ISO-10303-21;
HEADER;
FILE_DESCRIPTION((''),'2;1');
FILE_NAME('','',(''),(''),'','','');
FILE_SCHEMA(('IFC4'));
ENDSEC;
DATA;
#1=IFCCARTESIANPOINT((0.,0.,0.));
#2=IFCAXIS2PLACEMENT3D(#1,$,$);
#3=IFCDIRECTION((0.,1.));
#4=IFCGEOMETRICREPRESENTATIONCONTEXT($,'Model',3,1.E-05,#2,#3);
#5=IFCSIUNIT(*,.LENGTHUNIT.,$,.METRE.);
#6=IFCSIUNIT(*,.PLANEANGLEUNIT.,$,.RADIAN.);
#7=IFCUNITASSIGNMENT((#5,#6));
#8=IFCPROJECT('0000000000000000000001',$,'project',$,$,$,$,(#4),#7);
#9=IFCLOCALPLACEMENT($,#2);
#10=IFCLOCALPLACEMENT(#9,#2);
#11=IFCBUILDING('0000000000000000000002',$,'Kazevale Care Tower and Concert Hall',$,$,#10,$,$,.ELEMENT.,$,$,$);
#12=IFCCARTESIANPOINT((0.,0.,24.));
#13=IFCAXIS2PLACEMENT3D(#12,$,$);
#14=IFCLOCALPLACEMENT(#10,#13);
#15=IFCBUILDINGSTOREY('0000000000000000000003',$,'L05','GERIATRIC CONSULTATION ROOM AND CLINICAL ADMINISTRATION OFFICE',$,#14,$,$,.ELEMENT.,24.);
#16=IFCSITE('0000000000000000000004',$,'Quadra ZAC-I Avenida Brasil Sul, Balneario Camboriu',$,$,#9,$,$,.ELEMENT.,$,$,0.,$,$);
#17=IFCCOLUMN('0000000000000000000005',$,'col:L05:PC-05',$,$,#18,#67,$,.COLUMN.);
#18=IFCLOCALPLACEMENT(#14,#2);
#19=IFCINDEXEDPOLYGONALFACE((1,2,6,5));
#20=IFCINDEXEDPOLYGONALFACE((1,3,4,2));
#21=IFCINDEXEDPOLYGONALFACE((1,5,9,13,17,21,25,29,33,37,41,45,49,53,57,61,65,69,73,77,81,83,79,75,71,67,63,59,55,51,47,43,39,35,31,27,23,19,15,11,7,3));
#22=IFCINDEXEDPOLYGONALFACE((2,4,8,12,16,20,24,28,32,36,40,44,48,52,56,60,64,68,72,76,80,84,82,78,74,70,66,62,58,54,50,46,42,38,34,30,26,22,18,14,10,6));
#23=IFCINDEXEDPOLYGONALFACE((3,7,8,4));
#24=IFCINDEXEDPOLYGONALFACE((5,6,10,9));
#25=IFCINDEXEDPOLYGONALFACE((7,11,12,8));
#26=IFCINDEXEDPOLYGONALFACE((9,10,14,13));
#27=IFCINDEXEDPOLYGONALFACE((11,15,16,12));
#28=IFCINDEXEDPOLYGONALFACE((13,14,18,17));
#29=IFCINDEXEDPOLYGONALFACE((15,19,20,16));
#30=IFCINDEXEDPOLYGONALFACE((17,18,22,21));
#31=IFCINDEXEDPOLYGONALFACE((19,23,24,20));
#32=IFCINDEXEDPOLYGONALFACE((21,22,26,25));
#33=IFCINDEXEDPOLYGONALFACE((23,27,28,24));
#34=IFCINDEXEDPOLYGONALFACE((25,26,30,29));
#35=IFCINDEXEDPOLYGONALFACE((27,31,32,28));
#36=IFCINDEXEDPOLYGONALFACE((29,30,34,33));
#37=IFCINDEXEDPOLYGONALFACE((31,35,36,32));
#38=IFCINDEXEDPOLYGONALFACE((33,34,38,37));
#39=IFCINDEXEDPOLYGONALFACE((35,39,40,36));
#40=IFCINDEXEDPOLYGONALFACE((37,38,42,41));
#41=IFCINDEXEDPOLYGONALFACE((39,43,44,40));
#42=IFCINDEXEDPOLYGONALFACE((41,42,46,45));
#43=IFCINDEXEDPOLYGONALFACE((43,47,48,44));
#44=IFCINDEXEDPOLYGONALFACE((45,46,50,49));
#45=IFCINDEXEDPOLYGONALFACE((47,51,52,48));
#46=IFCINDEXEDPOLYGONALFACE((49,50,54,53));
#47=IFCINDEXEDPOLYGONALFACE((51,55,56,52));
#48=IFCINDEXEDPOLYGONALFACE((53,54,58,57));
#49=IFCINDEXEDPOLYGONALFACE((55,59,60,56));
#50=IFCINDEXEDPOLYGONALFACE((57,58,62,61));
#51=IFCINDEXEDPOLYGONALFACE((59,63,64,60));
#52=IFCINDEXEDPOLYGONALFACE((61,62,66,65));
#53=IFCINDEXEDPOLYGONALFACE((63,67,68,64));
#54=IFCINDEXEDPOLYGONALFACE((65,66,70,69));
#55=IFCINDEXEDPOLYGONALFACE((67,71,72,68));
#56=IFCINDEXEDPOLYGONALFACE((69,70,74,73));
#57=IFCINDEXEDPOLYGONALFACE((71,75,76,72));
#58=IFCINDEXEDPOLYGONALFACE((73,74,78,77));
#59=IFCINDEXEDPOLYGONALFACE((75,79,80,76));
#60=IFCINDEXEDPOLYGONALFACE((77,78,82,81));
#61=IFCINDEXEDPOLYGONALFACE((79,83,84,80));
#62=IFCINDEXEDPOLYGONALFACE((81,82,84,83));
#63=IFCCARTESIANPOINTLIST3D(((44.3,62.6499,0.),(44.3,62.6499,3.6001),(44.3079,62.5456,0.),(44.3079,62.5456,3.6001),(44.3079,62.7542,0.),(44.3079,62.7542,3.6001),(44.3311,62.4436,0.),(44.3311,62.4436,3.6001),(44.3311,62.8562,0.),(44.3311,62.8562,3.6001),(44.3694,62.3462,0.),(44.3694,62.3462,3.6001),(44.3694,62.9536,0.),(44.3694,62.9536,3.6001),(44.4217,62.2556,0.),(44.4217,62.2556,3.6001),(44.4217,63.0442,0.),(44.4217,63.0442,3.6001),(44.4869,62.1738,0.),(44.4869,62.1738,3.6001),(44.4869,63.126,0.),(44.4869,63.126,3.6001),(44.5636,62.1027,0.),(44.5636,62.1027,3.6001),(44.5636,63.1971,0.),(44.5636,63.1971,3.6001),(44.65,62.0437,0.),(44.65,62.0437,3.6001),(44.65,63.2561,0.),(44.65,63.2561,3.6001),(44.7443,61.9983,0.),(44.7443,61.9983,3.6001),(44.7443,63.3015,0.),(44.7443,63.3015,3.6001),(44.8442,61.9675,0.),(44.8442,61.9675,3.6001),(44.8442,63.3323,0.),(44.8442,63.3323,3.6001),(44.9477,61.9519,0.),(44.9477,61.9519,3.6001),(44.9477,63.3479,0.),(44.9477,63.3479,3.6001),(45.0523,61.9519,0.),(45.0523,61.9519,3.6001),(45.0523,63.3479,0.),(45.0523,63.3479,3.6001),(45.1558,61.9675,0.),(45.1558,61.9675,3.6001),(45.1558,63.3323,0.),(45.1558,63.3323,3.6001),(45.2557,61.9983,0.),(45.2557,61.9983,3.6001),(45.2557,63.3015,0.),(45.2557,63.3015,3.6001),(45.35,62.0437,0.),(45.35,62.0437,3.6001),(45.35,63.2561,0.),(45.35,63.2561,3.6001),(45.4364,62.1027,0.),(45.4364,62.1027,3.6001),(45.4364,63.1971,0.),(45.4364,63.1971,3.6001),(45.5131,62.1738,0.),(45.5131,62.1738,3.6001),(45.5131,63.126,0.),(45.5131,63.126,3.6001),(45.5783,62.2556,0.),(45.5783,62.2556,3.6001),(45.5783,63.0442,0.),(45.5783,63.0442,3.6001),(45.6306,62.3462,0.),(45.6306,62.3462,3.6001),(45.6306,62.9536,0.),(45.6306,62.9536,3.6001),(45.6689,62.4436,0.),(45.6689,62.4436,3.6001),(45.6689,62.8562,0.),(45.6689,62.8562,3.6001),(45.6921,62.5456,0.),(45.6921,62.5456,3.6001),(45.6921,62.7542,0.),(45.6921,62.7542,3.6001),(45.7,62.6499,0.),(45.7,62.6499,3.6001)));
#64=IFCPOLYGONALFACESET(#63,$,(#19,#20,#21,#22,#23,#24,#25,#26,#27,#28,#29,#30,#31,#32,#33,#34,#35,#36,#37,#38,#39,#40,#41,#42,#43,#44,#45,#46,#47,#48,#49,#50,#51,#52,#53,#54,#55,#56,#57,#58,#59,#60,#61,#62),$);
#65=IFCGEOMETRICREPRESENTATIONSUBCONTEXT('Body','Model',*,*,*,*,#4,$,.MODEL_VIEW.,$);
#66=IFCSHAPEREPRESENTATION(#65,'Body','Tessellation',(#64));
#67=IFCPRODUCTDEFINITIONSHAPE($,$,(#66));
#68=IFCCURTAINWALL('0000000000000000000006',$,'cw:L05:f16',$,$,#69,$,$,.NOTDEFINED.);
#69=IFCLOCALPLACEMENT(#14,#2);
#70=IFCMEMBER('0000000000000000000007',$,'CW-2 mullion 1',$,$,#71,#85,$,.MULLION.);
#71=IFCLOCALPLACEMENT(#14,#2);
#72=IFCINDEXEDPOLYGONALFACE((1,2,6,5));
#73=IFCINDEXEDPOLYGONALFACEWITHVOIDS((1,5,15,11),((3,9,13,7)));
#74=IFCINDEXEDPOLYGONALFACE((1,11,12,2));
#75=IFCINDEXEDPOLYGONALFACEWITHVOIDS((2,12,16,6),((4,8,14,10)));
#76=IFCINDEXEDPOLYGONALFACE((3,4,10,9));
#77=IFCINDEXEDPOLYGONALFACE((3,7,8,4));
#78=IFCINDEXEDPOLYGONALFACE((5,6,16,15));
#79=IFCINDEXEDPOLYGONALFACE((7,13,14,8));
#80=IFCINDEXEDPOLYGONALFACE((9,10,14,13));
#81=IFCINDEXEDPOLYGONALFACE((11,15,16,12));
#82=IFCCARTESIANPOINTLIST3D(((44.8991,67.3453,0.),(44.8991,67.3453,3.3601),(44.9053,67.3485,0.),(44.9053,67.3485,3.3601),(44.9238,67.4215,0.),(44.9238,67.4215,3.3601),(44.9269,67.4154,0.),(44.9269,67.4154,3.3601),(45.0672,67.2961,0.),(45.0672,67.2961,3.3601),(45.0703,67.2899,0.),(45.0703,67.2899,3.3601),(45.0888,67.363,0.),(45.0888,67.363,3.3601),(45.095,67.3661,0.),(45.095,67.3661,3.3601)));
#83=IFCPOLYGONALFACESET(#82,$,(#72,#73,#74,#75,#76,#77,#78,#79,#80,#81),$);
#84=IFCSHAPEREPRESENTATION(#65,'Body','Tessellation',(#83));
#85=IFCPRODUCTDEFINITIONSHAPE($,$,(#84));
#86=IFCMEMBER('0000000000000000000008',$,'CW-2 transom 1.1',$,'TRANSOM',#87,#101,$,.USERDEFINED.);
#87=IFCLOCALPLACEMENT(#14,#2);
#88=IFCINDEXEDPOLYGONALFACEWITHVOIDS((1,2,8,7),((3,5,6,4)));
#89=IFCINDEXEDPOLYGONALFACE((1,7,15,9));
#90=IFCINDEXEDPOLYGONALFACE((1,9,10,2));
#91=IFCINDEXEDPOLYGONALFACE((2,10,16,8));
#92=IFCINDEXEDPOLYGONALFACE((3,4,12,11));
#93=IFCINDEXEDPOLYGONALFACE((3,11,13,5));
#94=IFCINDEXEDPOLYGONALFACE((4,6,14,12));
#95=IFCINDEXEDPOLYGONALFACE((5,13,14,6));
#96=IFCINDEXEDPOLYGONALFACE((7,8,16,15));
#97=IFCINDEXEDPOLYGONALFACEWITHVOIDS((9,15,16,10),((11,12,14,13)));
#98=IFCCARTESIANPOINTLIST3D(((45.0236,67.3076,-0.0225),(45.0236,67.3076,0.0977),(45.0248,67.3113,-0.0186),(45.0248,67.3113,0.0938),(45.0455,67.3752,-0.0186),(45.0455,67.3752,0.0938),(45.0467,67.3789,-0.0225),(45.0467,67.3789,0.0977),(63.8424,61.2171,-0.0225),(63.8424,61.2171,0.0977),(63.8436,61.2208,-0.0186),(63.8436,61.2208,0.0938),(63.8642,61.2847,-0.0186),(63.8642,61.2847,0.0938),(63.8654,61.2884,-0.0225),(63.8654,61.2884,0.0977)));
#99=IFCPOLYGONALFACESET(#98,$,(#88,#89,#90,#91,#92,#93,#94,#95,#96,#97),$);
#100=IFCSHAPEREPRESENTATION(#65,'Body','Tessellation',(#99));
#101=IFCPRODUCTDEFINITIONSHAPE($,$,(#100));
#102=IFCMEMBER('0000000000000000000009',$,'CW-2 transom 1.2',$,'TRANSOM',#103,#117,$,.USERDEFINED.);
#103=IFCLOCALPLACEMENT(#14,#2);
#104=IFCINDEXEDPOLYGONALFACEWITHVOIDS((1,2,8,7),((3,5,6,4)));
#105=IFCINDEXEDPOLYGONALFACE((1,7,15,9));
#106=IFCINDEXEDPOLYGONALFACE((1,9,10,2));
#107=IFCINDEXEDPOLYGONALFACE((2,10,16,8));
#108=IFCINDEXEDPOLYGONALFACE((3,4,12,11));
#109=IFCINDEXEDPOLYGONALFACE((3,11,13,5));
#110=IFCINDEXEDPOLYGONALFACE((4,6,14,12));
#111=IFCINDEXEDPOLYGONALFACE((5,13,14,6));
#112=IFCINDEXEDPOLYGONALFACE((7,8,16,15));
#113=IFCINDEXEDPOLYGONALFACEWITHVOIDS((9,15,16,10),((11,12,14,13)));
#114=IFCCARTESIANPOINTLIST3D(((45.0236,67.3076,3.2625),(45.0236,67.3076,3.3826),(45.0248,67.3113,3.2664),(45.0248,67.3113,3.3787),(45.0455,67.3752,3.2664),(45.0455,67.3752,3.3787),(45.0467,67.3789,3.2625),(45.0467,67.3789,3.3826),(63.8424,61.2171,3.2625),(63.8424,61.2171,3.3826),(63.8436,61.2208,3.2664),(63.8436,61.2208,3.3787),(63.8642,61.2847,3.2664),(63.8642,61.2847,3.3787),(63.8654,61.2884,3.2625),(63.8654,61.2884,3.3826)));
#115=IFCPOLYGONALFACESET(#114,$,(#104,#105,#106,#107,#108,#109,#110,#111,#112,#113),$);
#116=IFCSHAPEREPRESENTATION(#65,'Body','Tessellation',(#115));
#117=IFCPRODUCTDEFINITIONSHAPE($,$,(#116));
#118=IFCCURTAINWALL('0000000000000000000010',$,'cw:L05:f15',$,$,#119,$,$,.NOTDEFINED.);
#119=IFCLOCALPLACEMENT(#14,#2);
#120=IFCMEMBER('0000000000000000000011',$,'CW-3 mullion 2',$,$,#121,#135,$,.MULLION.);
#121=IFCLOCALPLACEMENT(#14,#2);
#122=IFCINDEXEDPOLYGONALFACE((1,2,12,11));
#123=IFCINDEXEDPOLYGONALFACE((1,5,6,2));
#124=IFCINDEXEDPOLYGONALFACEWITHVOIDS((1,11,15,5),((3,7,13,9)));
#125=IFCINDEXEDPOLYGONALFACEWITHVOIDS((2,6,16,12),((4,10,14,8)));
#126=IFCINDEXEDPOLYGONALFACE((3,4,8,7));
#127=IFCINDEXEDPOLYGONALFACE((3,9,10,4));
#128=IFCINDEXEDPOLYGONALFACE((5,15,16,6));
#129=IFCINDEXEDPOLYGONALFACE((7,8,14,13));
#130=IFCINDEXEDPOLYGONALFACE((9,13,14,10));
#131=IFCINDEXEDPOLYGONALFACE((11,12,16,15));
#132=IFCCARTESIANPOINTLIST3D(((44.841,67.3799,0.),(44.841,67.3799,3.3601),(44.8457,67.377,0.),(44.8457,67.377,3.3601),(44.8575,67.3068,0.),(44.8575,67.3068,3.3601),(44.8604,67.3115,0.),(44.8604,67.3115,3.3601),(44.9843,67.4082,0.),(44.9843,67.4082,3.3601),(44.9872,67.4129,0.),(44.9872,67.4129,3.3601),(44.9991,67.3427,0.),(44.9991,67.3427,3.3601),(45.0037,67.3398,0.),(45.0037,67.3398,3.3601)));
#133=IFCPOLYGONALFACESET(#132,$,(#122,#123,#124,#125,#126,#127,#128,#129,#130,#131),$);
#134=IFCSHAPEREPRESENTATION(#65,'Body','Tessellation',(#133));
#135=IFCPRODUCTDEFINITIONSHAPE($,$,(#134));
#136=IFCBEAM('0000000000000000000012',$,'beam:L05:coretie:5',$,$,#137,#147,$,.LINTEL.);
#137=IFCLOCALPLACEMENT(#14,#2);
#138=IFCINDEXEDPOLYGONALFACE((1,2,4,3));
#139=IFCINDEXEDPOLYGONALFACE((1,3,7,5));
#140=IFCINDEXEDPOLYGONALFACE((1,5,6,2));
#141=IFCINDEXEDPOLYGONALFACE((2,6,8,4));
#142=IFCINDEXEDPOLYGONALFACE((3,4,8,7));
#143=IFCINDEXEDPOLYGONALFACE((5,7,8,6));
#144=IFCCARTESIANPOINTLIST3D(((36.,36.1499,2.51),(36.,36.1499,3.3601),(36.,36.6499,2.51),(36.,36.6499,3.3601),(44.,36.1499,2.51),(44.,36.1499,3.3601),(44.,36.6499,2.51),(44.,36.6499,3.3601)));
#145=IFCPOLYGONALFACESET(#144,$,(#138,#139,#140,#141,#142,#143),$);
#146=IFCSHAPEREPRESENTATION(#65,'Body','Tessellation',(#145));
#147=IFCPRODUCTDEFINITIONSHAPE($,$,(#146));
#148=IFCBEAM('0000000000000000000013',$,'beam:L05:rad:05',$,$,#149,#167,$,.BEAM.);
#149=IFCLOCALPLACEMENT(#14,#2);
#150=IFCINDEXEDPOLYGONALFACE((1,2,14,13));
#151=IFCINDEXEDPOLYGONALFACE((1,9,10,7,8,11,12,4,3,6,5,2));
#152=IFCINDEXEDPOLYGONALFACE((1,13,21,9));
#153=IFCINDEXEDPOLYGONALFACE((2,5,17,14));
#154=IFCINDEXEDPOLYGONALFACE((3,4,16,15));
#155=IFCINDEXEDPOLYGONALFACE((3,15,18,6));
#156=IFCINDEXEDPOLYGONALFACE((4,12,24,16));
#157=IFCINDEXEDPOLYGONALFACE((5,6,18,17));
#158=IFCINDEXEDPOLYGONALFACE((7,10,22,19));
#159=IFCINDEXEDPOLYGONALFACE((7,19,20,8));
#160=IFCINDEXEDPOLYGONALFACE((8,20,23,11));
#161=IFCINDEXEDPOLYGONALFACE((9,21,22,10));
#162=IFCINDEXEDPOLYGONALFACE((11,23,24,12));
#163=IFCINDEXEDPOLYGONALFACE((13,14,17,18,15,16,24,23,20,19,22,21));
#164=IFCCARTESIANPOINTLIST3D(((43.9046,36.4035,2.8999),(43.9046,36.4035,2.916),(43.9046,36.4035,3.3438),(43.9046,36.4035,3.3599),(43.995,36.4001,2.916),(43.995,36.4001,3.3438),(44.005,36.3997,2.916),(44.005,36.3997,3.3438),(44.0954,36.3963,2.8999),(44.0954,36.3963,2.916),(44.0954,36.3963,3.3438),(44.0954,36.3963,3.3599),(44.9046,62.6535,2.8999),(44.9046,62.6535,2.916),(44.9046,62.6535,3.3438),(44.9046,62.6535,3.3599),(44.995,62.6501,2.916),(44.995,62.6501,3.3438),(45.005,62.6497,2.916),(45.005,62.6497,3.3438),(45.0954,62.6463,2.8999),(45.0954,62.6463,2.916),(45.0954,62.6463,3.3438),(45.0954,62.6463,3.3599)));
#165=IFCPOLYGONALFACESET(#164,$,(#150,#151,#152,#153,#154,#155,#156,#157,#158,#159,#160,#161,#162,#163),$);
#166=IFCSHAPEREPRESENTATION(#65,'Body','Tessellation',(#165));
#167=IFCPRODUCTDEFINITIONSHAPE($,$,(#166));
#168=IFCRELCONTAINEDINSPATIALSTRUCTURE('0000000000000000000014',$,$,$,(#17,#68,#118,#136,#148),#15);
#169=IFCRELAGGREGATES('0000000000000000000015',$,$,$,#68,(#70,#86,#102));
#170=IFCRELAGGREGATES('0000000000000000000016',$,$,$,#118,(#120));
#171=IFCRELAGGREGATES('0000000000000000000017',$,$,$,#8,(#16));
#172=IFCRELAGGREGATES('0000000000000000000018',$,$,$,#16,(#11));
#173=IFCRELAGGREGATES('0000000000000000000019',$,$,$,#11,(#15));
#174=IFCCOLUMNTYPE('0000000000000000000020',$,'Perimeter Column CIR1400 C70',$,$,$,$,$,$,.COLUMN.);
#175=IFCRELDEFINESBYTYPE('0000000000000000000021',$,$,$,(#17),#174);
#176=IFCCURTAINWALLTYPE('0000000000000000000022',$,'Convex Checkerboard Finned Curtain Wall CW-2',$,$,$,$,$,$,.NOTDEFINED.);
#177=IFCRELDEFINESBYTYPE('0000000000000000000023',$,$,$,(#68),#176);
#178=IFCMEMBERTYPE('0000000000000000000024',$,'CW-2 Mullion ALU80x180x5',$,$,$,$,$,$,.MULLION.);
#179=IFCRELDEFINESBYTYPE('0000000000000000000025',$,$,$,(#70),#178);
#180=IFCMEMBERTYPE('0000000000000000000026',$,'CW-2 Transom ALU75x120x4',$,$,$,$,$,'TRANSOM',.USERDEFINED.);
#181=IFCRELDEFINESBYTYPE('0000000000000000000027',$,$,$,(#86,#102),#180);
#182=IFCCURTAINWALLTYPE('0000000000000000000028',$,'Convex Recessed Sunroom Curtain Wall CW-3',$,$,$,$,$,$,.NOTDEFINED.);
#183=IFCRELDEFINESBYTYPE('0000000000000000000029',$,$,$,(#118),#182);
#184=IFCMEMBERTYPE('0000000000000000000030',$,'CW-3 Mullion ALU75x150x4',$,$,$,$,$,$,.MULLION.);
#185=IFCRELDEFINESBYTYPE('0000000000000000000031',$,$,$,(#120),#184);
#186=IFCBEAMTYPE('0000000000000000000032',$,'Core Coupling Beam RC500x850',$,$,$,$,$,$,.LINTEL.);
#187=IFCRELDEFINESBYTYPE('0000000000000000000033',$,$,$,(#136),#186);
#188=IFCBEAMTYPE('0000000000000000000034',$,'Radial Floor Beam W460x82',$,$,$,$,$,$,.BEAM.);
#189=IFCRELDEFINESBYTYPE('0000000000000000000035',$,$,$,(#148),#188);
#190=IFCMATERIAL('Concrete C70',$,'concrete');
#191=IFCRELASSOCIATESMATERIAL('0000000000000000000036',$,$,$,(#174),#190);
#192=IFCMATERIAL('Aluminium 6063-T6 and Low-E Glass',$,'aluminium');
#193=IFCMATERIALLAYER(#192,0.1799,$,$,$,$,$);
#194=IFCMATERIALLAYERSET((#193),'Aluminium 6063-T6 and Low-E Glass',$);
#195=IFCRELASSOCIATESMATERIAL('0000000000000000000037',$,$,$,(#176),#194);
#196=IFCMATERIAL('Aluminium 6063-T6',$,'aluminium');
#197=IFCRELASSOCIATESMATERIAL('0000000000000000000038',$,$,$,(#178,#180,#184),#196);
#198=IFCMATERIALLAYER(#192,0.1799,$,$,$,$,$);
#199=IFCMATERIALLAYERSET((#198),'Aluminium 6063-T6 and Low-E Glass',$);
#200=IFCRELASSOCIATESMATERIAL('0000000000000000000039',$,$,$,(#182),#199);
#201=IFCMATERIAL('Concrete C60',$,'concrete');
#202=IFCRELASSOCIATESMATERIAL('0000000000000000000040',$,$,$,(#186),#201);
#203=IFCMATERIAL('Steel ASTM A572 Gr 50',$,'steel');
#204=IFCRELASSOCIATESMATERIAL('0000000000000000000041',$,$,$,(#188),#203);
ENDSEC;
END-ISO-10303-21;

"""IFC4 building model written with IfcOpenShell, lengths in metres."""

from ifc_helpers import new_model, si_unit, direction, frame, origin, origin_2d, place, context, subcontext, project, spatial, rectangle, hollow_rectangle, circle, i_section, extrude, material, layer, layer_set, material_profile, profile_set, type_object, element, aggregate, save


model = new_model("IFC4")

# Units and contexts
model_context = context("Model", 3, precision=1e-05, world=origin(), true_north=direction((0.0, 1.0)))
body_context = subcontext(model_context, "Body", "Model", "MODEL_VIEW")
ifc_project = project(units=[si_unit("LENGTHUNIT", "METRE"), si_unit("PLANEANGLEUNIT", "RADIAN")], contexts=[model_context])

# Site, building, storey
site_placement = place(None, origin())
site = spatial("IfcSite", under=ifc_project, at=site_placement, Name="Quadra ZAC-I Avenida Brasil Sul, Balneario Camboriu", CompositionType="ELEMENT", RefElevation=0.0)
building_placement = place(site_placement, origin())
building = spatial("IfcBuilding", under=site, at=building_placement, Name="Kazevale Care Tower and Concert Hall", CompositionType="ELEMENT")
storey_placement = place(building_placement, frame((0.0, 0.0, 24.0)))
storey = spatial("IfcBuildingStorey", under=building, at=storey_placement, Name="L05", Description="GERIATRIC CONSULTATION ROOM AND CLINICAL ADMINISTRATION OFFICE", CompositionType="ELEMENT", Elevation=24.0)

# Column
ifc_material_1 = material(Name="Concrete C70", Category="concrete")
ifc_material_profile_1 = material_profile(ifc_material_1, circle(Radius=0.7, at=origin_2d()), Name="RC-CIR1400")
ifc_profile_set_1 = profile_set([ifc_material_profile_1], Name="Concrete C70")
column_type = type_object("IfcColumnType", Name="Perimeter Column CIR1400 C70", PredefinedType="COLUMN", material=ifc_profile_set_1)
column_placement = place(storey_placement, frame((45.0, 62.6499, 0.0), z_axis=(0.0, 0.0, 1.0), x_axis=(1.0, 0.0, 0.0)))
element("IfcColumn", 1, at=column_placement, inside=storey, type_object=column_type, Name="col:L05:PC-05", PredefinedType="COLUMN", context=body_context, shape_type="SweptSolid", body=[
    extrude(circle(Radius=0.7, at=origin_2d()), origin(), (0.0, 0.0, 1.0), 3.6001),
])

# Curtain wall, members
ifc_material_2 = material(Name="Aluminium 6063-T6 and Low-E Glass", Category="aluminium")
ifc_layer_1 = layer(ifc_material_2, 0.1799)
ifc_layer_set_1 = layer_set([ifc_layer_1], Name="Aluminium 6063-T6 and Low-E Glass")
curtain_wall_type_1 = type_object("IfcCurtainWallType", Name="Convex Checkerboard Finned Curtain Wall CW-2", PredefinedType="NOTDEFINED", material=ifc_layer_set_1)
curtain_wall_1_placement = place(storey_placement, origin())
curtain_wall_1 = element("IfcCurtainWall", 2, at=curtain_wall_1_placement, inside=storey, type_object=curtain_wall_type_1, Name="cw:L05:f16", PredefinedType="NOTDEFINED")
ifc_material_3 = material(Name="Aluminium 6063-T6", Category="aluminium")
ifc_material_profile_2 = material_profile(ifc_material_3, hollow_rectangle(XDim=0.0801, YDim=0.1799, WallThickness=0.0049, at=origin_2d()), Name="ALU80x180x5")
ifc_profile_set_2 = profile_set([ifc_material_profile_2], Name="Aluminium 6063-T6")
member_type_1 = type_object("IfcMemberType", Name="CW-2 Mullion ALU80x180x5", PredefinedType="MULLION", material=ifc_profile_set_2)
member_1_placement = place(storey_placement, frame((44.9971, 67.3557, 0.0), z_axis=(0.0, 0.0, 1.0), x_axis=(0.307926, 0.95141, 0.0)))
member_1 = element("IfcMember", 3, at=member_1_placement, type_object=member_type_1, Name="CW-2 mullion 1", PredefinedType="MULLION", context=body_context, shape_type="SweptSolid", body=[
    extrude(hollow_rectangle(XDim=0.0801, YDim=0.1799, WallThickness=0.0049, at=origin_2d()), origin(), (0.0, 0.0, 1.0), 3.3601),
])
ifc_material_profile_3 = material_profile(ifc_material_3, hollow_rectangle(XDim=0.075, YDim=0.1201, WallThickness=0.0039, at=origin_2d()), Name="ALU75x120x4")
ifc_profile_set_3 = profile_set([ifc_material_profile_3], Name="Aluminium 6063-T6")
member_type_2 = type_object("IfcMemberType", Name="CW-2 Transom ALU75x120x4", ElementType="TRANSOM", PredefinedType="USERDEFINED", material=ifc_profile_set_3)
member_2_placement = place(storey_placement, frame((45.0352, 67.3433, 0.0376), z_axis=(0.951413, -0.307918, 0.0), x_axis=(0.307918, 0.951413, 0.0)))
member_2 = element("IfcMember", 4, at=member_2_placement, type_object=member_type_2, Name="CW-2 transom 1.1", ObjectType="TRANSOM", PredefinedType="USERDEFINED", context=body_context, shape_type="SweptSolid", body=[
    extrude(hollow_rectangle(XDim=0.075, YDim=0.1201, WallThickness=0.0039, at=origin_2d()), origin(), (0.0, 0.0, 1.0), 19.7798),
])
member_3_placement = place(storey_placement, frame((45.0352, 67.3433, 3.3225), z_axis=(0.951413, -0.307918, 0.0), x_axis=(0.307918, 0.951413, 0.0)))
member_3 = element("IfcMember", 5, at=member_3_placement, type_object=member_type_2, Name="CW-2 transom 1.2", ObjectType="TRANSOM", PredefinedType="USERDEFINED", context=body_context, shape_type="SweptSolid", body=[
    extrude(hollow_rectangle(XDim=0.075, YDim=0.1201, WallThickness=0.0039, at=origin_2d()), origin(), (0.0, 0.0, 1.0), 19.7798),
])
aggregate(curtain_wall_1, [member_1, member_2, member_3])

# Curtain wall, member
ifc_layer_2 = layer(ifc_material_2, 0.1799)
ifc_layer_set_2 = layer_set([ifc_layer_2], Name="Aluminium 6063-T6 and Low-E Glass")
curtain_wall_type_2 = type_object("IfcCurtainWallType", Name="Convex Recessed Sunroom Curtain Wall CW-3", PredefinedType="NOTDEFINED", material=ifc_layer_set_2)
curtain_wall_2_placement = place(storey_placement, origin())
curtain_wall_2 = element("IfcCurtainWall", 6, at=curtain_wall_2_placement, inside=storey, type_object=curtain_wall_type_2, Name="cw:L05:f15", PredefinedType="NOTDEFINED")
ifc_material_profile_4 = material_profile(ifc_material_3, hollow_rectangle(XDim=0.075, YDim=0.1499, WallThickness=0.0039, at=origin_2d()), Name="ALU75x150x4")
ifc_profile_set_4 = profile_set([ifc_material_profile_4], Name="Aluminium 6063-T6")
member_type_3 = type_object("IfcMemberType", Name="CW-3 Mullion ALU75x150x4", PredefinedType="MULLION", material=ifc_profile_set_4)
member_4_placement = place(storey_placement, frame((44.9224, 67.3599, 0.0), z_axis=(0.0, 0.0, 1.0), x_axis=(-0.219911, 0.97552, 0.0)))
member_4 = element("IfcMember", 7, at=member_4_placement, type_object=member_type_3, Name="CW-3 mullion 2", PredefinedType="MULLION", context=body_context, shape_type="SweptSolid", body=[
    extrude(hollow_rectangle(XDim=0.075, YDim=0.1499, WallThickness=0.0039, at=origin_2d()), origin(), (0.0, 0.0, 1.0), 3.3601),
])

# Beams
ifc_material_4 = material(Name="Concrete C60", Category="concrete")
ifc_material_profile_5 = material_profile(ifc_material_4, rectangle(XDim=0.5, YDim=0.8501, at=origin_2d()), Name="RC-B500x850")
ifc_profile_set_5 = profile_set([ifc_material_profile_5], Name="Concrete C60")
beam_type_1 = type_object("IfcBeamType", Name="Core Coupling Beam RC500x850", PredefinedType="LINTEL", material=ifc_profile_set_5)
beam_1_placement = place(storey_placement, frame((44.0, 36.3999, 2.9351), z_axis=(-1.0, 0.0, 0.0), x_axis=(0.0, -1.0, 0.0)))
element("IfcBeam", 8, at=beam_1_placement, inside=storey, type_object=beam_type_1, Name="beam:L05:coretie:5", PredefinedType="LINTEL", context=body_context, shape_type="SweptSolid", body=[
    extrude(rectangle(XDim=0.5, YDim=0.8501, at=origin_2d()), origin(), (0.0, 0.0, 1.0), 8.0),
])
ifc_material_5 = material(Name="Steel ASTM A572 Gr 50", Category="steel")
ifc_material_profile_6 = material_profile(ifc_material_5, i_section(OverallWidth=0.1909, OverallDepth=0.46, WebThickness=0.01, FlangeThickness=0.0161, at=origin_2d()), Name="W460x82")
ifc_profile_set_6 = profile_set([ifc_material_profile_6], Name="Steel ASTM A572 Gr 50")
beam_type_2 = type_object("IfcBeamType", Name="Radial Floor Beam W460x82", PredefinedType="BEAM", material=ifc_profile_set_6)
beam_2_placement = place(storey_placement, frame((44.0, 36.3999, 3.1299), z_axis=(0.038068, 0.999275, 0.0), x_axis=(-0.999275, 0.038068, 0.0)))
element("IfcBeam", 9, at=beam_2_placement, inside=storey, type_object=beam_type_2, Name="beam:L05:rad:05", PredefinedType="BEAM", context=body_context, shape_type="SweptSolid", body=[
    extrude(i_section(OverallWidth=0.1909, OverallDepth=0.46, WebThickness=0.01, FlangeThickness=0.0161, at=origin_2d()), origin(), (0.0, 0.0, 1.0), 26.269),
])

aggregate(curtain_wall_2, [member_4])

save(model, "model.ifc")
